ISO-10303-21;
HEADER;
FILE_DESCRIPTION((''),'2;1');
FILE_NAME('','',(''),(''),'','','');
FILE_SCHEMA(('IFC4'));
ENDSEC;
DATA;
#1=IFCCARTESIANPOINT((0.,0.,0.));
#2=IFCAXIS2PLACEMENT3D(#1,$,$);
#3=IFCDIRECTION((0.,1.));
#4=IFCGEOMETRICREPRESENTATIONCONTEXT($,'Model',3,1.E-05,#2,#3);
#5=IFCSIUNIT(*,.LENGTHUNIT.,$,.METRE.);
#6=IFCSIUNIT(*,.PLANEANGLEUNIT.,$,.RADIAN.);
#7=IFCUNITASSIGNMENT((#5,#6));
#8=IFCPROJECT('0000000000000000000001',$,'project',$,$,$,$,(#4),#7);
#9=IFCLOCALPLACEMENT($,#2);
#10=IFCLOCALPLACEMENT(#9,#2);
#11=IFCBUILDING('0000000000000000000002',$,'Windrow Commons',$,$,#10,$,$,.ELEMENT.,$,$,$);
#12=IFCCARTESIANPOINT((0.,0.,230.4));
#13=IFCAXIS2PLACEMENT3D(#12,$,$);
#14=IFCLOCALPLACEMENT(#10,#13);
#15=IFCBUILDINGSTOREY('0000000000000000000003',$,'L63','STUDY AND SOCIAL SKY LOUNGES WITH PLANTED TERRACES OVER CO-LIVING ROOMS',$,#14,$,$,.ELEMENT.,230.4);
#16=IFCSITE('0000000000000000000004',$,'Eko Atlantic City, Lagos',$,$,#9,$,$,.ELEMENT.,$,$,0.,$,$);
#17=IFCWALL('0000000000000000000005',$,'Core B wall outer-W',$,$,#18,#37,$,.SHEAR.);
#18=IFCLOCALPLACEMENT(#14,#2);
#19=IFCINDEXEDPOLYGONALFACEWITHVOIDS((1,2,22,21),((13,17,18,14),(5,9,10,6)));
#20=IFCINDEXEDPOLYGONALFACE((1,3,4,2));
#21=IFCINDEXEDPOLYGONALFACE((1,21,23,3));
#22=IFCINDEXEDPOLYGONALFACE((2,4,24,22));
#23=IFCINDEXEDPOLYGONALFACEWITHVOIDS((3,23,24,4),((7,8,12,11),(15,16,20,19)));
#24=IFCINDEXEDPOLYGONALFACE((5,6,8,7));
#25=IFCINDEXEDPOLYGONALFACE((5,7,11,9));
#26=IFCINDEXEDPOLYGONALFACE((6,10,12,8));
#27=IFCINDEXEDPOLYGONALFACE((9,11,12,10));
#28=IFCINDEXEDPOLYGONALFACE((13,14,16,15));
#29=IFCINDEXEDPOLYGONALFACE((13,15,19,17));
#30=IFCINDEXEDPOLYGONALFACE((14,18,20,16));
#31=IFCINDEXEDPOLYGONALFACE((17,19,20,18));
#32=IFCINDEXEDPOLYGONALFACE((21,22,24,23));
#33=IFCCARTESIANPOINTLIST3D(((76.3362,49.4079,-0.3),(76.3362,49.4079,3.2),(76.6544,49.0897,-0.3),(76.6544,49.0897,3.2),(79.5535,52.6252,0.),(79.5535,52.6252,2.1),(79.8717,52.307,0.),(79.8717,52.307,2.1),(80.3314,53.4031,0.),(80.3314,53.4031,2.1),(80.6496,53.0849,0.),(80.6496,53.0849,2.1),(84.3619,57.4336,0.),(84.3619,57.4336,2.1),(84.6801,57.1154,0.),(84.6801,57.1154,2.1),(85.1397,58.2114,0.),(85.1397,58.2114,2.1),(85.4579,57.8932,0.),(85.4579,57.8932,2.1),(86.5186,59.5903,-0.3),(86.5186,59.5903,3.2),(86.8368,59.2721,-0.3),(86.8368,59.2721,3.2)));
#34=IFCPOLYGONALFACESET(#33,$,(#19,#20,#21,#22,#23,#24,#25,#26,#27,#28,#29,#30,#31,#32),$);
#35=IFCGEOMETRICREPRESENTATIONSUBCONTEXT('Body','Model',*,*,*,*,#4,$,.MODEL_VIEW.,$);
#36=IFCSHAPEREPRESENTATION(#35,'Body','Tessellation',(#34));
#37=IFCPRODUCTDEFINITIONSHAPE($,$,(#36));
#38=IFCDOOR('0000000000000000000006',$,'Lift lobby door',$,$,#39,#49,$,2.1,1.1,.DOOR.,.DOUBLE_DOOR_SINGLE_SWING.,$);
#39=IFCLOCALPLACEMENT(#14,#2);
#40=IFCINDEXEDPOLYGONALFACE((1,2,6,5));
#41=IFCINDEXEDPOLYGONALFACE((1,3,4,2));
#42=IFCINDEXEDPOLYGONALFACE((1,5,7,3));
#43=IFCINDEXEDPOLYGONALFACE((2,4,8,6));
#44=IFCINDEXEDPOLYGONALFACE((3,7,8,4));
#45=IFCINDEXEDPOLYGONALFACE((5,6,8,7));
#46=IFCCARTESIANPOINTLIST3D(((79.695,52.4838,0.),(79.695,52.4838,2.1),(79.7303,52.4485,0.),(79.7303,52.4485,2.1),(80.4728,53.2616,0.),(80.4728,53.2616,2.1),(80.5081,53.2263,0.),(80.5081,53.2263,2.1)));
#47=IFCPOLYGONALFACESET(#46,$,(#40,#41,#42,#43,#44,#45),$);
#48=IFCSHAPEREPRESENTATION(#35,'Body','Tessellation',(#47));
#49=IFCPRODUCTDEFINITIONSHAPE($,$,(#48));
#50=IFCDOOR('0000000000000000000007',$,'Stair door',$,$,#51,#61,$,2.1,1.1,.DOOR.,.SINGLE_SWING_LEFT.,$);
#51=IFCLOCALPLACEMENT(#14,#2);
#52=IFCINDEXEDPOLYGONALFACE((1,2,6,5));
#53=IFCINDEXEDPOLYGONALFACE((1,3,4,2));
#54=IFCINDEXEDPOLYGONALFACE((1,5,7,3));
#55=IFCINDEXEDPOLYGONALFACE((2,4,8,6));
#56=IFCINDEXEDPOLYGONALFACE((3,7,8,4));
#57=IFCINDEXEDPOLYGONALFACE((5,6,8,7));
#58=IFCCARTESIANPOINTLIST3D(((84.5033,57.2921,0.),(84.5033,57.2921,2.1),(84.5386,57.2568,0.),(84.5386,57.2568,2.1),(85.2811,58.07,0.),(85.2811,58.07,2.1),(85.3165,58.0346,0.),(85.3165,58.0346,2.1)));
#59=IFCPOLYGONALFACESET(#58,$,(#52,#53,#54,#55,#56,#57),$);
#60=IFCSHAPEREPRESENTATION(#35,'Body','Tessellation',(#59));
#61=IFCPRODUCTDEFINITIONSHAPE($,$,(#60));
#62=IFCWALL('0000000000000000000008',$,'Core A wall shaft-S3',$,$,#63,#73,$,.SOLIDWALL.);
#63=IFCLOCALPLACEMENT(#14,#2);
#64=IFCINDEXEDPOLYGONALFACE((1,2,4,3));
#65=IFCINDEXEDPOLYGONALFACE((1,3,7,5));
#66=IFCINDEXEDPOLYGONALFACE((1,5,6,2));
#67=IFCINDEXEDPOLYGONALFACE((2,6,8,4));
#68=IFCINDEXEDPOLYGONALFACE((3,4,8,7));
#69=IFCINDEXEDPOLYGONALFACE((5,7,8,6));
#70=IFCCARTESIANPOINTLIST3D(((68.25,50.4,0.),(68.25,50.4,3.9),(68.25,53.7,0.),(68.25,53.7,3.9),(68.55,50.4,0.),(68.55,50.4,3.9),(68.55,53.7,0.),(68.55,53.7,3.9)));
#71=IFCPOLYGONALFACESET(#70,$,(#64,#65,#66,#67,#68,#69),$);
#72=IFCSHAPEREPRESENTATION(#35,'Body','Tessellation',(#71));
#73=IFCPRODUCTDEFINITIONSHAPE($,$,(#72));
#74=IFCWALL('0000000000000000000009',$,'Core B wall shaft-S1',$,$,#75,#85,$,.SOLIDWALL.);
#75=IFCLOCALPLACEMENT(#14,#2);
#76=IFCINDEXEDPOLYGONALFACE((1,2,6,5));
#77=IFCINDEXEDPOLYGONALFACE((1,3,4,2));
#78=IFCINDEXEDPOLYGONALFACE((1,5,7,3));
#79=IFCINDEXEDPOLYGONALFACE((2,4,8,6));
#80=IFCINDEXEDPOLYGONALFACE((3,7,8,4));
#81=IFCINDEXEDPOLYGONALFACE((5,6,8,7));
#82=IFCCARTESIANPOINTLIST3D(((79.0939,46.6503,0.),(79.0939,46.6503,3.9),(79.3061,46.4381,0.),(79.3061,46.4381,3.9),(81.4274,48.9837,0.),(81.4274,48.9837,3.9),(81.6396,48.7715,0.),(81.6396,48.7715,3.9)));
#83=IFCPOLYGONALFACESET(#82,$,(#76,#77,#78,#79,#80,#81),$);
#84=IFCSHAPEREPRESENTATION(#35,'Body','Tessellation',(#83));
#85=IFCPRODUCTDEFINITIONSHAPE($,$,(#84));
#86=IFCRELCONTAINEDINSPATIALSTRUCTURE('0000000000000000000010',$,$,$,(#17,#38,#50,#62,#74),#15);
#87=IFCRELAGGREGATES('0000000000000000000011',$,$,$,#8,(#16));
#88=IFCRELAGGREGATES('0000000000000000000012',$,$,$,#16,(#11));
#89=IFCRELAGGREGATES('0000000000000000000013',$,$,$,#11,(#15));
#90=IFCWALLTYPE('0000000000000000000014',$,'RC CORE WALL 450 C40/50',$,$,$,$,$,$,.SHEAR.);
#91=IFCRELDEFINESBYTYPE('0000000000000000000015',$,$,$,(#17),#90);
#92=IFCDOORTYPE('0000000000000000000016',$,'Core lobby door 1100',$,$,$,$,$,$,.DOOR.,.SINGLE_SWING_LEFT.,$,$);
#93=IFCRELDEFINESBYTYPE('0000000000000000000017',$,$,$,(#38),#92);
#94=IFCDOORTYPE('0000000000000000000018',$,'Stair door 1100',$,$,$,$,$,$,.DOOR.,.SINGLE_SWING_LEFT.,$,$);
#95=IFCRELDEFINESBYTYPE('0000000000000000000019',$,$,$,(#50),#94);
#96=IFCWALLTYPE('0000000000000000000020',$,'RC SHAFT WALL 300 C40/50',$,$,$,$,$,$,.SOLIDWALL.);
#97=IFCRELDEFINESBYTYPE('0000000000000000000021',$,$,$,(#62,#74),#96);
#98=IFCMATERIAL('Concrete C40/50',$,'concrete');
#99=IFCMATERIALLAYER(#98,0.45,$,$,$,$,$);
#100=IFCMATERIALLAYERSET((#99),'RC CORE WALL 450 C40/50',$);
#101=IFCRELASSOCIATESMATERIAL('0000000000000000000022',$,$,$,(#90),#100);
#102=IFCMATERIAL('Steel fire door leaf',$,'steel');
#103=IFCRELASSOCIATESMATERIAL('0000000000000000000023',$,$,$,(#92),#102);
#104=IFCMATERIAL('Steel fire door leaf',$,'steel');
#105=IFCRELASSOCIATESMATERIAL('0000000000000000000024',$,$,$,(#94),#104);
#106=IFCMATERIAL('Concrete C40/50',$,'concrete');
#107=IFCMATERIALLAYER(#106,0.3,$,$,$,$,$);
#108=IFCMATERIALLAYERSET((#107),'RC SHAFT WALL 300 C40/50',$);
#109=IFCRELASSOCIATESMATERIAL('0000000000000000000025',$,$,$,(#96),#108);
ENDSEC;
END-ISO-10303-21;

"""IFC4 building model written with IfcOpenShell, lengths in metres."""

from ifc_helpers import new_model, si_unit, direction, frame, frame_2d, origin, place, context, subcontext, project, spatial, rectangle, extrude, material, layer, layer_set, type_object, element, fill, save


model = new_model("IFC4")

# Units and contexts
model_context = context("Model", 3, precision=1e-05, world=origin(), true_north=direction((0.0, 1.0)))
body_context = subcontext(model_context, "Body", "Model", "MODEL_VIEW")
ifc_project = project(units=[si_unit("LENGTHUNIT", "METRE"), si_unit("PLANEANGLEUNIT", "RADIAN")], contexts=[model_context])

# Site, building, storey
site_placement = place(None, origin())
site = spatial("IfcSite", under=ifc_project, at=site_placement, Name="Eko Atlantic City, Lagos", CompositionType="ELEMENT", RefElevation=0.0)
building_placement = place(site_placement, origin())
building = spatial("IfcBuilding", under=site, at=building_placement, Name="Windrow Commons", CompositionType="ELEMENT")
storey_placement = place(building_placement, frame((0.0, 0.0, 230.4)))
storey = spatial("IfcBuildingStorey", under=building, at=storey_placement, Name="L63", Description="STUDY AND SOCIAL SKY LOUNGES WITH PLANTED TERRACES OVER CO-LIVING ROOMS", CompositionType="ELEMENT", Elevation=230.4)

# Shared definitions
ifc_material_1 = material(Name="Concrete C40/50", Category="concrete")
ifc_layer_1 = layer(ifc_material_1, 0.45)
ifc_layer_set_1 = layer_set([ifc_layer_1], Name="RC CORE WALL 450 C40/50")
wall_type_1 = type_object("IfcWallType", Name="RC CORE WALL 450 C40/50", PredefinedType="SHEAR", material=ifc_layer_set_1)
ifc_material_2 = material(Name="Steel fire door leaf", Category="steel")
door_type_1 = type_object("IfcDoorType", Name="Core lobby door 1100", OperationType="SINGLE_SWING_LEFT", PredefinedType="DOOR", material=ifc_material_2)
ifc_material_3 = material(Name="Steel fire door leaf", Category="steel")
door_type_2 = type_object("IfcDoorType", Name="Stair door 1100", OperationType="SINGLE_SWING_LEFT", PredefinedType="DOOR", material=ifc_material_3)

# Wall, openings, doors
wall_1_placement = place(storey_placement, frame((76.4953, 49.2488, -0.3), z_axis=(0.0, 0.0, 1.0), x_axis=(0.707107, 0.707107, 0.0)))
wall_1 = element("IfcWall", 1, at=wall_1_placement, inside=storey, type_object=wall_type_1, Name="Core B wall outer-W", PredefinedType="SHEAR", context=body_context, shape_type="SweptSolid", body=[
    extrude(rectangle(XDim=14.4001, YDim=0.45, at=frame_2d((7.2001, 0.0))), origin(), (0.0, 0.0, 1.0), 3.5),
])
opening_1_placement = place(wall_1_placement, frame((4.55, 0.0, 0.3)))
opening_1 = element("IfcOpeningElement", 2, at=opening_1_placement, cuts=wall_1, PredefinedType="OPENING", context=body_context, shape_type="SweptSolid", body=[
    extrude(rectangle(XDim=1.1, YDim=2.1, at=frame_2d((0.55, 1.05))), frame((0.0, 0.235, 0.0), z_axis=(0.0, -1.0, 0.0), x_axis=(1.0, 0.0, 0.0)), (0.0, 0.0, 1.0), 0.47),
])
opening_2_placement = place(wall_1_placement, frame((11.35, 0.0, 0.3)))
opening_2 = element("IfcOpeningElement", 3, at=opening_2_placement, cuts=wall_1, PredefinedType="OPENING", context=body_context, shape_type="SweptSolid", body=[
    extrude(rectangle(XDim=1.1, YDim=2.1, at=frame_2d((0.55, 1.05))), frame((0.0, 0.235, 0.0), z_axis=(0.0, -1.0, 0.0), x_axis=(1.0, 0.0, 0.0)), (0.0, 0.0, 1.0), 0.47),
])
door_1_placement = place(opening_1_placement, origin())
door_1 = element("IfcDoor", 4, at=door_1_placement, inside=storey, type_object=door_type_1, Name="Lift lobby door", OperationType="DOUBLE_DOOR_SINGLE_SWING", OverallHeight=2.1, OverallWidth=1.1, PredefinedType="DOOR", context=body_context, shape_type="SweptSolid", body=[
    extrude(rectangle(XDim=1.1, YDim=2.1, at=frame_2d((0.55, 1.05))), frame((0.0, 0.025, 0.0), z_axis=(0.0, -1.0, 0.0), x_axis=(1.0, 0.0, 0.0)), (0.0, 0.0, 1.0), 0.05),
])
fill(opening_1, door_1)
door_2_placement = place(opening_2_placement, origin())
door_2 = element("IfcDoor", 5, at=door_2_placement, inside=storey, type_object=door_type_2, Name="Stair door", OperationType="SINGLE_SWING_LEFT", OverallHeight=2.1, OverallWidth=1.1, PredefinedType="DOOR", context=body_context, shape_type="SweptSolid", body=[
    extrude(rectangle(XDim=1.1, YDim=2.1, at=frame_2d((0.55, 1.05))), frame((0.0, 0.025, 0.0), z_axis=(0.0, -1.0, 0.0), x_axis=(1.0, 0.0, 0.0)), (0.0, 0.0, 1.0), 0.05),
])
fill(opening_2, door_2)

# Walls
ifc_material_4 = material(Name="Concrete C40/50", Category="concrete")
ifc_layer_2 = layer(ifc_material_4, 0.3)
ifc_layer_set_2 = layer_set([ifc_layer_2], Name="RC SHAFT WALL 300 C40/50")
wall_type_2 = type_object("IfcWallType", Name="RC SHAFT WALL 300 C40/50", PredefinedType="SOLIDWALL", material=ifc_layer_set_2)
for number, where, z_axis, x_axis, name in (
    (6, (68.4, 50.4, 0.0), (0.0, 0.0, 1.0), (0.0, 1.0, 0.0), "Core A wall shaft-S3"),
    (7, (79.2, 46.5442, 0.0), (0.0, 0.0, 1.0), (0.707122, 0.707092, 0.0), "Core B wall shaft-S1"),
):
    element("IfcWall", number, at=place(storey_placement, frame(where, z_axis=z_axis, x_axis=x_axis)), inside=storey, type_object=wall_type_2, Name=name, PredefinedType="SOLIDWALL", context=body_context, shape_type="SweptSolid", body=[
        extrude(rectangle(XDim=3.3, YDim=0.3, at=frame_2d((1.65, 0.0))), origin(), (0.0, 0.0, 1.0), 3.9),
    ])

save(model, "model.ifc")
